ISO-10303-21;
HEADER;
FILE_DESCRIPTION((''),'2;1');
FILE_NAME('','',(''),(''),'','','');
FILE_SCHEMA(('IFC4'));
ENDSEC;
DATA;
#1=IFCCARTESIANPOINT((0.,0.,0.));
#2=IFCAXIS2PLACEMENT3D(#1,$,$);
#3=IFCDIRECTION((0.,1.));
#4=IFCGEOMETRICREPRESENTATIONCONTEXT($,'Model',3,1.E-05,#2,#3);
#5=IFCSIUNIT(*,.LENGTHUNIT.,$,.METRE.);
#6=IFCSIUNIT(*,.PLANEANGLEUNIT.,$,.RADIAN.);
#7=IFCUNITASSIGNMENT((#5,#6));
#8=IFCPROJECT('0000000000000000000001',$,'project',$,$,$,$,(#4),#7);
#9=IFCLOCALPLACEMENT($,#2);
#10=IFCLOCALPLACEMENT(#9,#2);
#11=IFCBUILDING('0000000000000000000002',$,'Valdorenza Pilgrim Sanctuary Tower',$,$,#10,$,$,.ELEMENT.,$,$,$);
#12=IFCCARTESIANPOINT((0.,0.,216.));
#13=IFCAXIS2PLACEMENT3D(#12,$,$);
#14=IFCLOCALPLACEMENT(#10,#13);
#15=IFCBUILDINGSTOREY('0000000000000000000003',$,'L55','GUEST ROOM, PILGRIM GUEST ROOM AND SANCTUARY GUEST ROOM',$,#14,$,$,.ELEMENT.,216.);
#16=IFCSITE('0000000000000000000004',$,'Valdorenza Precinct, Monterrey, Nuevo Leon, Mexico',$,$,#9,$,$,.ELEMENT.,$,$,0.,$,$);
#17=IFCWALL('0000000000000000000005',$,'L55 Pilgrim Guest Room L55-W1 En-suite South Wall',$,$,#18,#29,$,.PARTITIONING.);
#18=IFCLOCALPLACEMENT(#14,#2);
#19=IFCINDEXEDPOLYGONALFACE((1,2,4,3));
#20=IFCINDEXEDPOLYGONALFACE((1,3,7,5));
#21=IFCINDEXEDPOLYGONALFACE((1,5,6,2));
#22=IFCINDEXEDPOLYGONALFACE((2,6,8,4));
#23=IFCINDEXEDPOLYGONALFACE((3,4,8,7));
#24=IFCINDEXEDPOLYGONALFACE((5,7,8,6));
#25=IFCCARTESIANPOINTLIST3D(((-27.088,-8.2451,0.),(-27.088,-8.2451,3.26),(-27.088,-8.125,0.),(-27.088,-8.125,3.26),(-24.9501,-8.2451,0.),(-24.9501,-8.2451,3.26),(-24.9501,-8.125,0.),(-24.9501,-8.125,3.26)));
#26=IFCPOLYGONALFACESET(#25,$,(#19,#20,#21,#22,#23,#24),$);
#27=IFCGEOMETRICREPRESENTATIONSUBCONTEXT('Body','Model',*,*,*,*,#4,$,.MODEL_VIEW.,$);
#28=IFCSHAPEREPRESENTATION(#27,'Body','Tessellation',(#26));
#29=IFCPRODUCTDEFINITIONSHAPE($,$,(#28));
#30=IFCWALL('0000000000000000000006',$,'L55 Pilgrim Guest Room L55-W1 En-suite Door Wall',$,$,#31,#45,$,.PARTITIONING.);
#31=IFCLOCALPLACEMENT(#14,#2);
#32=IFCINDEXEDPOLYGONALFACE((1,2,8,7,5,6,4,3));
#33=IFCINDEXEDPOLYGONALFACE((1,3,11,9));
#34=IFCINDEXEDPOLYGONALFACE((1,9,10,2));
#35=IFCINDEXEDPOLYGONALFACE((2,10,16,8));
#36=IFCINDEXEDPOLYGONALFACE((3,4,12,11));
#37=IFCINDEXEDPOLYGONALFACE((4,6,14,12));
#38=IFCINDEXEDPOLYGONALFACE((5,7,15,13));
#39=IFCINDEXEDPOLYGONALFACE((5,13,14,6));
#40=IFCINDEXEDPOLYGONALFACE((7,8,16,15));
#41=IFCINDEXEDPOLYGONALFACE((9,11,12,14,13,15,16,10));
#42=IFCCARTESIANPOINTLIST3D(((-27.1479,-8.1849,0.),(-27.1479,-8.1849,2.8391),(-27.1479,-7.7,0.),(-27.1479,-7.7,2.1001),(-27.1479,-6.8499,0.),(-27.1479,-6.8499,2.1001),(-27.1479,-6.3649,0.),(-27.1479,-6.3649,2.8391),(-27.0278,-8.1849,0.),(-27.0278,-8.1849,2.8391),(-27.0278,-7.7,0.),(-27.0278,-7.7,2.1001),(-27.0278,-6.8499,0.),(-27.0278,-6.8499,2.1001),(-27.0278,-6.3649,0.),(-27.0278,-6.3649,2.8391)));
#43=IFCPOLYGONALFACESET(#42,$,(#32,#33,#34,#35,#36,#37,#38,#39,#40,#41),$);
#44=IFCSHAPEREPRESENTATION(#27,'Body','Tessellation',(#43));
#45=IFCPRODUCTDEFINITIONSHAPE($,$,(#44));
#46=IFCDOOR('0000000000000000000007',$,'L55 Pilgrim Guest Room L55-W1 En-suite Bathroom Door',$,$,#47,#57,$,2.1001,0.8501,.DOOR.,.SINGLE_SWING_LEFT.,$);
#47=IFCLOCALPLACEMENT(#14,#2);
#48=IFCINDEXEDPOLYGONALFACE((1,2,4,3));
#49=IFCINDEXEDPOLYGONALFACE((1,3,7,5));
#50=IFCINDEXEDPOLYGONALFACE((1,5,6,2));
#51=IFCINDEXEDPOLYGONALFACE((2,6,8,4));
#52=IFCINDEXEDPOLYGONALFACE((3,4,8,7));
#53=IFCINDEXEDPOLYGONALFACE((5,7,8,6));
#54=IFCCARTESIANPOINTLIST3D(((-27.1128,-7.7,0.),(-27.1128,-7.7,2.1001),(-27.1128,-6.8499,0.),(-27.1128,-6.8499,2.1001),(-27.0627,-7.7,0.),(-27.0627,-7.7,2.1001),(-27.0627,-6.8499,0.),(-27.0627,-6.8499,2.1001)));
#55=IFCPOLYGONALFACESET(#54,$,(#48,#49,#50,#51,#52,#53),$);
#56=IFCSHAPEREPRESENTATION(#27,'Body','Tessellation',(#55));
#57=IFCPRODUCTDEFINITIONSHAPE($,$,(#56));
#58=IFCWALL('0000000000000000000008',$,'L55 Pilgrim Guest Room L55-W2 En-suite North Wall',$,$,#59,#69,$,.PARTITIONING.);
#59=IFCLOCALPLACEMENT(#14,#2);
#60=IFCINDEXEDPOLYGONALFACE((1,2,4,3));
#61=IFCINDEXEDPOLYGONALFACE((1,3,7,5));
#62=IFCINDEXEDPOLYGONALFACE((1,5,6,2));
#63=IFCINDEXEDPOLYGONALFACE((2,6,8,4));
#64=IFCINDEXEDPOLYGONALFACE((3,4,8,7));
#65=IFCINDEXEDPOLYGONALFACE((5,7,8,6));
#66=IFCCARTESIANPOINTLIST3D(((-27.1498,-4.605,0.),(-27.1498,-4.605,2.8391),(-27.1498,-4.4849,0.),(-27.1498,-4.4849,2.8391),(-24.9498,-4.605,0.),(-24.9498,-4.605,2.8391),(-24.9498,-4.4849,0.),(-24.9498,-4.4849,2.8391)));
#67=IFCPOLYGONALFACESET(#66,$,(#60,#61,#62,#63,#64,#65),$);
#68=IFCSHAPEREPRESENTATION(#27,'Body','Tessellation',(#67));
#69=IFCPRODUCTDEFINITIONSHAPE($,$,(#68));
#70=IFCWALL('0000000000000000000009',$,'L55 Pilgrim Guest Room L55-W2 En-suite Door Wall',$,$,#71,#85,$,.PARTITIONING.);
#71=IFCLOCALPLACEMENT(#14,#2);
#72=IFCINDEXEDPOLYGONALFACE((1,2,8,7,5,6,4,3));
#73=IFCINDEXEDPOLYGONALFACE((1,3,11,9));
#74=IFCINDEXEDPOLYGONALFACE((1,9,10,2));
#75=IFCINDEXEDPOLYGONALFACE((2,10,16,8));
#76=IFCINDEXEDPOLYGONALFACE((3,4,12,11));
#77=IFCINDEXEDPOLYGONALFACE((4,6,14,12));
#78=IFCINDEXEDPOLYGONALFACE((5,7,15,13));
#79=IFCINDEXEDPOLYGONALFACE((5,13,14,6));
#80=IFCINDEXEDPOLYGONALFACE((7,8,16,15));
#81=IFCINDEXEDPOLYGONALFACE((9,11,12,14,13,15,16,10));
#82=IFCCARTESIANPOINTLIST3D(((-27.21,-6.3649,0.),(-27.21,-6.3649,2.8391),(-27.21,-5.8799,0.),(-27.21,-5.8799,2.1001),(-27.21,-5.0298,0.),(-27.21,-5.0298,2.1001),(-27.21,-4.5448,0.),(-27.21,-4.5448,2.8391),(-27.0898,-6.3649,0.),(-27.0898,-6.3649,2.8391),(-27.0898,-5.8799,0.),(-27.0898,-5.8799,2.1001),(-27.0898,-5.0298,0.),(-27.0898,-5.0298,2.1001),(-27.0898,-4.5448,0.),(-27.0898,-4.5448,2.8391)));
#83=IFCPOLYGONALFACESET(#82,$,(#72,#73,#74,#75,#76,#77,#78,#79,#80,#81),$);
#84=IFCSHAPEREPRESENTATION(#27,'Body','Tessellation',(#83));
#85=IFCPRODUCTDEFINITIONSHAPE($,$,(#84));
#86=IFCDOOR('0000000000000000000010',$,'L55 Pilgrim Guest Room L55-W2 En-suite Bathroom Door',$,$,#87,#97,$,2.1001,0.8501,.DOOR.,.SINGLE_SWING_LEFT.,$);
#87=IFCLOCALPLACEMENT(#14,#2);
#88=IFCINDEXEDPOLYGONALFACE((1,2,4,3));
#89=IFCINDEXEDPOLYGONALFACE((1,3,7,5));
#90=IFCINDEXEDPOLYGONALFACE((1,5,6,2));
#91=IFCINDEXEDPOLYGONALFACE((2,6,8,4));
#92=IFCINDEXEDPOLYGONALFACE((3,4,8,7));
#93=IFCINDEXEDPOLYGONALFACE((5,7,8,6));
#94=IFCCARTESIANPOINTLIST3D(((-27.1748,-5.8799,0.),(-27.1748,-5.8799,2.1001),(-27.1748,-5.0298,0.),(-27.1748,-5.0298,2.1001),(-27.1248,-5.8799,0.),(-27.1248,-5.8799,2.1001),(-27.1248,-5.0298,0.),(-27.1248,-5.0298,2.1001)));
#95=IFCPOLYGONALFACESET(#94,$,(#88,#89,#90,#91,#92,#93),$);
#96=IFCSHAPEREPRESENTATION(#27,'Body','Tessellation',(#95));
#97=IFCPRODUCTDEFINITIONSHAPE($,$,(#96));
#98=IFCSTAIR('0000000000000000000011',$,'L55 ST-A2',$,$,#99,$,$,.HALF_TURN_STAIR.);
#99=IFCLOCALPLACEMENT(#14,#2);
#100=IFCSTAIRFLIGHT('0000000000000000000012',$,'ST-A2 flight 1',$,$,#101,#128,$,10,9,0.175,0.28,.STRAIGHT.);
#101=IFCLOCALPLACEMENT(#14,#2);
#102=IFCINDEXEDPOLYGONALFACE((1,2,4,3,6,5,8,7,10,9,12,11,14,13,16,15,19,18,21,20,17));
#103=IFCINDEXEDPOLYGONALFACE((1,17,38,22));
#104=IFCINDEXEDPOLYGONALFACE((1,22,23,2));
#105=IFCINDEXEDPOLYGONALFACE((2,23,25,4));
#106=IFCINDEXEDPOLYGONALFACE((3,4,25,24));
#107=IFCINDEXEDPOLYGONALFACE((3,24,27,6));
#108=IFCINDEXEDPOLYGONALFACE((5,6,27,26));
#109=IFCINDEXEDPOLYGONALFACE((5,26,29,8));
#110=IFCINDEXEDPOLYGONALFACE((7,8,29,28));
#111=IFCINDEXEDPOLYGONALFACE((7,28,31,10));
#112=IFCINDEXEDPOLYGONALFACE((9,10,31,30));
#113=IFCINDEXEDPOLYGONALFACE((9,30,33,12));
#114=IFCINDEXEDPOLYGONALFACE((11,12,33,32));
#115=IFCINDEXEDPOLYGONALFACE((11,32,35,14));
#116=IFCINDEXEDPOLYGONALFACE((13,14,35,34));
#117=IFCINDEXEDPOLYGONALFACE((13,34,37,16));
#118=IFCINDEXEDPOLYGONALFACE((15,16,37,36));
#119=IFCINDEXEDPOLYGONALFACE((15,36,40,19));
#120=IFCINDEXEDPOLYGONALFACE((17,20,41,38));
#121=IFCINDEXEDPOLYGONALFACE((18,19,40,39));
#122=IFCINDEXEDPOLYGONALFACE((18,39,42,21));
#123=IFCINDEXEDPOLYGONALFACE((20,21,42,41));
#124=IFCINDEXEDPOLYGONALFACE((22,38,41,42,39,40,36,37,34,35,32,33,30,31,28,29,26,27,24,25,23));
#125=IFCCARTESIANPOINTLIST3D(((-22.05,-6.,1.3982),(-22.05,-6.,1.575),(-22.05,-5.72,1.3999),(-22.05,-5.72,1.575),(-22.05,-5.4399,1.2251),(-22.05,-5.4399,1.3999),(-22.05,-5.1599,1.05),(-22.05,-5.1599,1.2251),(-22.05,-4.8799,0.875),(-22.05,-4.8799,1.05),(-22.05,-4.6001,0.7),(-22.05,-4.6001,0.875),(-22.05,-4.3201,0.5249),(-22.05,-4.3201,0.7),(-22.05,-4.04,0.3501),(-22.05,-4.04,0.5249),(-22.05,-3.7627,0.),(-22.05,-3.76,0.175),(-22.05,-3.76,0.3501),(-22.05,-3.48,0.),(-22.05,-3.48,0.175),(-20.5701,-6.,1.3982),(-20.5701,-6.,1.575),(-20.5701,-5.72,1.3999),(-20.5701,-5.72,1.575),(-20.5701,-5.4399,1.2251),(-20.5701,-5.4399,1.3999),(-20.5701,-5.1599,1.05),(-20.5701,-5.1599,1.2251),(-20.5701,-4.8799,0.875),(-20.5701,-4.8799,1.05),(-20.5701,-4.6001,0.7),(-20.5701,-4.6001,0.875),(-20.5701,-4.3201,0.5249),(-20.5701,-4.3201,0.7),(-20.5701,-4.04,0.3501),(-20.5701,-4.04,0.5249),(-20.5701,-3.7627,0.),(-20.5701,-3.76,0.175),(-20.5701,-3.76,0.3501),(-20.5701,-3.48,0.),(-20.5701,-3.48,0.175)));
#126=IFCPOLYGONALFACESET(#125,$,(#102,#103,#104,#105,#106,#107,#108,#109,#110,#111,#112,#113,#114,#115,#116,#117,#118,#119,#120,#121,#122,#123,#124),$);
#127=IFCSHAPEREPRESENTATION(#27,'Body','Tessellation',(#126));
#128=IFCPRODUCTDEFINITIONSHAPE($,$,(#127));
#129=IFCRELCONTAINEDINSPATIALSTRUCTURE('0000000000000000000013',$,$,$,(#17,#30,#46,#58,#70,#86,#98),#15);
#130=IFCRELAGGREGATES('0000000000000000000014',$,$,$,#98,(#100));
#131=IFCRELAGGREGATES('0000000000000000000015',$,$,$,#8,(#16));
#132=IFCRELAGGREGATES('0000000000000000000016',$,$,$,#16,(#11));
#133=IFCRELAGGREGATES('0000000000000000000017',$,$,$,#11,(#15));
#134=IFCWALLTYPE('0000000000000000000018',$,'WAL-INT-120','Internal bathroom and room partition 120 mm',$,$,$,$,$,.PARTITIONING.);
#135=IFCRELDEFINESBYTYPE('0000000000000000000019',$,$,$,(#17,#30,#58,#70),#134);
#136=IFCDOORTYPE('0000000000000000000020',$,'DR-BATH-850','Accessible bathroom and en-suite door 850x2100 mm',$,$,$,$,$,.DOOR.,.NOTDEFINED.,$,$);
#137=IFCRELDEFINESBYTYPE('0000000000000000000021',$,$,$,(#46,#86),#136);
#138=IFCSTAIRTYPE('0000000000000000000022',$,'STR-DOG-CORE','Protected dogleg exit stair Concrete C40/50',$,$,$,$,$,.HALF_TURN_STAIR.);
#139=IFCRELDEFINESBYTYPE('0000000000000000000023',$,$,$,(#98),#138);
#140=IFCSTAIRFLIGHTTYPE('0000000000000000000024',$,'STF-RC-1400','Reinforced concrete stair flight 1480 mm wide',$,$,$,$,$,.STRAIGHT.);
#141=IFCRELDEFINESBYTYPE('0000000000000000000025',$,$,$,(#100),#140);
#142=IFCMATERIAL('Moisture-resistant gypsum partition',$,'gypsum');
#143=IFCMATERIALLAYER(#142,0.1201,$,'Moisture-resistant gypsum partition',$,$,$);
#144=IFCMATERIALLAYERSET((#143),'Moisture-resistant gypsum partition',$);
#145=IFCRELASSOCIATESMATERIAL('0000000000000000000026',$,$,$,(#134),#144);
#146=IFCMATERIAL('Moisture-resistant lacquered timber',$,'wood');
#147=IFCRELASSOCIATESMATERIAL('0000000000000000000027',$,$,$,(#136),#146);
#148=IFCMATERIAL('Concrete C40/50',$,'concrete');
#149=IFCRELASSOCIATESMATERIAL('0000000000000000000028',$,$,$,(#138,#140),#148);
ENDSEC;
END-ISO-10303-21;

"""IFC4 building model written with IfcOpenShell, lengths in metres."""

from ifc_helpers import new_model, si_unit, direction, frame, frame_2d, origin, place, context, subcontext, project, spatial, polyline, rectangle, outline, extrude, material, layer, layer_set, type_object, element, fill, aggregate, save


model = new_model("IFC4")

# Units and contexts
model_context = context("Model", 3, precision=1e-05, world=origin(), true_north=direction((0.0, 1.0)))
body_context = subcontext(model_context, "Body", "Model", "MODEL_VIEW")
ifc_project = project(units=[si_unit("LENGTHUNIT", "METRE"), si_unit("PLANEANGLEUNIT", "RADIAN")], contexts=[model_context])

# Site, building, storey
site_placement = place(None, origin())
site = spatial("IfcSite", under=ifc_project, at=site_placement, Name="Valdorenza Precinct, Monterrey, Nuevo Leon, Mexico", CompositionType="ELEMENT", RefElevation=0.0)
building_placement = place(site_placement, origin())
building = spatial("IfcBuilding", under=site, at=building_placement, Name="Valdorenza Pilgrim Sanctuary Tower", CompositionType="ELEMENT")
storey_placement = place(building_placement, frame((0.0, 0.0, 216.0)))
storey = spatial("IfcBuildingStorey", under=building, at=storey_placement, Name="L55", Description="GUEST ROOM, PILGRIM GUEST ROOM AND SANCTUARY GUEST ROOM", CompositionType="ELEMENT", Elevation=216.0)

# Wall
ifc_material_1 = material(Name="Moisture-resistant gypsum partition", Category="gypsum")
ifc_layer_1 = layer(ifc_material_1, 0.1201, Name="Moisture-resistant gypsum partition")
ifc_layer_set_1 = layer_set([ifc_layer_1], Name="Moisture-resistant gypsum partition")
wall_type_1 = type_object("IfcWallType", Name="WAL-INT-120", Description="Internal bathroom and room partition 120 mm", PredefinedType="PARTITIONING", material=ifc_layer_set_1)
wall_1_placement = place(storey_placement, frame((-27.0879, -8.1851, 0.0), z_axis=(0.0, 0.0, 1.0), x_axis=(1.0, 0.0, 0.0)))
element("IfcWall", 1, at=wall_1_placement, inside=storey, type_object=wall_type_1, Name="L55 Pilgrim Guest Room L55-W1 En-suite South Wall", PredefinedType="PARTITIONING", context=body_context, shape_type="SweptSolid", body=[
    extrude(rectangle(XDim=2.1379, YDim=0.1201, at=frame_2d((1.0688, 0.0))), origin(), (0.0, 0.0, 1.0), 3.26),
])

# Wall, opening, door
wall_2_placement = place(storey_placement, frame((-27.0879, -8.1851, 0.0), z_axis=(0.0, 0.0, 1.0), x_axis=(0.0, 1.0, 0.0)))
wall_2 = element("IfcWall", 2, at=wall_2_placement, inside=storey, type_object=wall_type_1, Name="L55 Pilgrim Guest Room L55-W1 En-suite Door Wall", PredefinedType="PARTITIONING", context=body_context, shape_type="SweptSolid", body=[
    extrude(rectangle(XDim=1.8201, YDim=0.1201, at=frame_2d((0.9102, 0.0))), origin(), (0.0, 0.0, 1.0), 2.8391),
])
opening_1_placement = place(wall_2_placement, frame((0.4851, 0.0, 0.0)))
opening_1 = element("IfcOpeningElement", 3, at=opening_1_placement, cuts=wall_2, PredefinedType="OPENING", context=body_context, shape_type="SweptSolid", body=[
    extrude(rectangle(XDim=0.8501, YDim=2.1001, at=frame_2d((0.425, 1.05))), frame((0.0, 0.075, 0.0), z_axis=(0.0, -1.0, 0.0), x_axis=(1.0, 0.0, 0.0)), (0.0, 0.0, 1.0), 0.1499),
])
ifc_material_2 = material(Name="Moisture-resistant lacquered timber", Category="wood")
door_type_1 = type_object("IfcDoorType", Name="DR-BATH-850", Description="Accessible bathroom and en-suite door 850x2100 mm", OperationType="NOTDEFINED", PredefinedType="DOOR", material=ifc_material_2)
door_1_placement = place(opening_1_placement, origin())
door_1 = element("IfcDoor", 4, at=door_1_placement, inside=storey, type_object=door_type_1, Name="L55 Pilgrim Guest Room L55-W1 En-suite Bathroom Door", OperationType="SINGLE_SWING_LEFT", OverallHeight=2.1001, OverallWidth=0.8501, PredefinedType="DOOR", context=body_context, shape_type="SweptSolid", body=[
    extrude(rectangle(XDim=0.8501, YDim=2.1001, at=frame_2d((0.425, 1.05))), frame((0.0, 0.0249, 0.0), z_axis=(0.0, -1.0, 0.0), x_axis=(1.0, 0.0, 0.0)), (0.0, 0.0, 1.0), 0.05),
])
fill(opening_1, door_1)

# Wall
wall_3_placement = place(storey_placement, frame((-27.1499, -4.5449, 0.0), z_axis=(0.0, 0.0, 1.0), x_axis=(1.0, 0.0, 0.0)))
element("IfcWall", 5, at=wall_3_placement, inside=storey, type_object=wall_type_1, Name="L55 Pilgrim Guest Room L55-W2 En-suite North Wall", PredefinedType="PARTITIONING", context=body_context, shape_type="SweptSolid", body=[
    extrude(rectangle(XDim=2.2, YDim=0.1201, at=frame_2d((1.1001, 0.0))), origin(), (0.0, 0.0, 1.0), 2.8391),
])

# Wall, opening, door
wall_4_placement = place(storey_placement, frame((-27.1499, -6.365, 0.0), z_axis=(0.0, 0.0, 1.0), x_axis=(0.0, 1.0, 0.0)))
wall_4 = element("IfcWall", 6, at=wall_4_placement, inside=storey, type_object=wall_type_1, Name="L55 Pilgrim Guest Room L55-W2 En-suite Door Wall", PredefinedType="PARTITIONING", context=body_context, shape_type="SweptSolid", body=[
    extrude(rectangle(XDim=1.8201, YDim=0.1201, at=frame_2d((0.9102, 0.0))), origin(), (0.0, 0.0, 1.0), 2.8391),
])
opening_2_placement = place(wall_4_placement, frame((0.4851, 0.0, 0.0)))
opening_2 = element("IfcOpeningElement", 7, at=opening_2_placement, cuts=wall_4, PredefinedType="OPENING", context=body_context, shape_type="SweptSolid", body=[
    extrude(rectangle(XDim=0.8501, YDim=2.1001, at=frame_2d((0.425, 1.05))), frame((0.0, 0.075, 0.0), z_axis=(0.0, -1.0, 0.0), x_axis=(1.0, 0.0, 0.0)), (0.0, 0.0, 1.0), 0.1499),
])
door_2_placement = place(opening_2_placement, origin())
door_2 = element("IfcDoor", 8, at=door_2_placement, inside=storey, type_object=door_type_1, Name="L55 Pilgrim Guest Room L55-W2 En-suite Bathroom Door", OperationType="SINGLE_SWING_LEFT", OverallHeight=2.1001, OverallWidth=0.8501, PredefinedType="DOOR", context=body_context, shape_type="SweptSolid", body=[
    extrude(rectangle(XDim=0.8501, YDim=2.1001, at=frame_2d((0.425, 1.05))), frame((0.0, 0.0249, 0.0), z_axis=(0.0, -1.0, 0.0), x_axis=(1.0, 0.0, 0.0)), (0.0, 0.0, 1.0), 0.05),
])
fill(opening_2, door_2)
ifc_material_3 = material(Name="Concrete C40/50", Category="concrete")

# Stair, stair flight
stair_type = type_object("IfcStairType", Name="STR-DOG-CORE", Description="Protected dogleg exit stair Concrete C40/50", PredefinedType="HALF_TURN_STAIR", material=ifc_material_3)
stair_placement = place(storey_placement, origin())
stair = element("IfcStair", 9, at=stair_placement, inside=storey, type_object=stair_type, Name="L55 ST-A2", PredefinedType="HALF_TURN_STAIR")
stair_flight_type = type_object("IfcStairFlightType", Name="STF-RC-1400", Description="Reinforced concrete stair flight 1480 mm wide", PredefinedType="STRAIGHT", material=ifc_material_3)
stair_flight_placement = place(storey_placement, frame((-21.3101, -3.48, 0.0), z_axis=(0.0, 0.0, 1.0), x_axis=(0.0, -1.0, 0.0)))
stair_flight = element("IfcStairFlight", 10, at=stair_flight_placement, type_object=stair_flight_type, Name="ST-A2 flight 1", NumberOfRisers=10, NumberOfTreads=9, PredefinedType="STRAIGHT", RiserHeight=0.175, TreadLength=0.28, context=body_context, shape_type="SweptSolid", body=[
    extrude(outline(polyline([(0.0, 0.0), (0.0, 0.175), (0.28, 0.175), (0.28, 0.3501), (0.5601, 0.3501), (0.5601, 0.5249), (0.8401, 0.5249), (0.8401, 0.7), (1.1201, 0.7), (1.1201, 0.875), (1.3999, 0.875), (1.3999, 1.05), (1.6799, 1.05), (1.6799, 1.2251), (1.96, 1.2251), (1.96, 1.3999), (2.24, 1.3999), (2.24, 1.575), (2.52, 1.575), (2.52, 1.75), (2.52, 1.3982), (0.2827, 0.0), (0.0, 0.0)])), frame((0.0, 0.74, 0.0), z_axis=(0.0, -1.0, 0.0), x_axis=(1.0, 0.0, 0.0)), (0.0, 0.0, 1.0), 1.48),
])
aggregate(stair, [stair_flight])

save(model, "model.ifc")
